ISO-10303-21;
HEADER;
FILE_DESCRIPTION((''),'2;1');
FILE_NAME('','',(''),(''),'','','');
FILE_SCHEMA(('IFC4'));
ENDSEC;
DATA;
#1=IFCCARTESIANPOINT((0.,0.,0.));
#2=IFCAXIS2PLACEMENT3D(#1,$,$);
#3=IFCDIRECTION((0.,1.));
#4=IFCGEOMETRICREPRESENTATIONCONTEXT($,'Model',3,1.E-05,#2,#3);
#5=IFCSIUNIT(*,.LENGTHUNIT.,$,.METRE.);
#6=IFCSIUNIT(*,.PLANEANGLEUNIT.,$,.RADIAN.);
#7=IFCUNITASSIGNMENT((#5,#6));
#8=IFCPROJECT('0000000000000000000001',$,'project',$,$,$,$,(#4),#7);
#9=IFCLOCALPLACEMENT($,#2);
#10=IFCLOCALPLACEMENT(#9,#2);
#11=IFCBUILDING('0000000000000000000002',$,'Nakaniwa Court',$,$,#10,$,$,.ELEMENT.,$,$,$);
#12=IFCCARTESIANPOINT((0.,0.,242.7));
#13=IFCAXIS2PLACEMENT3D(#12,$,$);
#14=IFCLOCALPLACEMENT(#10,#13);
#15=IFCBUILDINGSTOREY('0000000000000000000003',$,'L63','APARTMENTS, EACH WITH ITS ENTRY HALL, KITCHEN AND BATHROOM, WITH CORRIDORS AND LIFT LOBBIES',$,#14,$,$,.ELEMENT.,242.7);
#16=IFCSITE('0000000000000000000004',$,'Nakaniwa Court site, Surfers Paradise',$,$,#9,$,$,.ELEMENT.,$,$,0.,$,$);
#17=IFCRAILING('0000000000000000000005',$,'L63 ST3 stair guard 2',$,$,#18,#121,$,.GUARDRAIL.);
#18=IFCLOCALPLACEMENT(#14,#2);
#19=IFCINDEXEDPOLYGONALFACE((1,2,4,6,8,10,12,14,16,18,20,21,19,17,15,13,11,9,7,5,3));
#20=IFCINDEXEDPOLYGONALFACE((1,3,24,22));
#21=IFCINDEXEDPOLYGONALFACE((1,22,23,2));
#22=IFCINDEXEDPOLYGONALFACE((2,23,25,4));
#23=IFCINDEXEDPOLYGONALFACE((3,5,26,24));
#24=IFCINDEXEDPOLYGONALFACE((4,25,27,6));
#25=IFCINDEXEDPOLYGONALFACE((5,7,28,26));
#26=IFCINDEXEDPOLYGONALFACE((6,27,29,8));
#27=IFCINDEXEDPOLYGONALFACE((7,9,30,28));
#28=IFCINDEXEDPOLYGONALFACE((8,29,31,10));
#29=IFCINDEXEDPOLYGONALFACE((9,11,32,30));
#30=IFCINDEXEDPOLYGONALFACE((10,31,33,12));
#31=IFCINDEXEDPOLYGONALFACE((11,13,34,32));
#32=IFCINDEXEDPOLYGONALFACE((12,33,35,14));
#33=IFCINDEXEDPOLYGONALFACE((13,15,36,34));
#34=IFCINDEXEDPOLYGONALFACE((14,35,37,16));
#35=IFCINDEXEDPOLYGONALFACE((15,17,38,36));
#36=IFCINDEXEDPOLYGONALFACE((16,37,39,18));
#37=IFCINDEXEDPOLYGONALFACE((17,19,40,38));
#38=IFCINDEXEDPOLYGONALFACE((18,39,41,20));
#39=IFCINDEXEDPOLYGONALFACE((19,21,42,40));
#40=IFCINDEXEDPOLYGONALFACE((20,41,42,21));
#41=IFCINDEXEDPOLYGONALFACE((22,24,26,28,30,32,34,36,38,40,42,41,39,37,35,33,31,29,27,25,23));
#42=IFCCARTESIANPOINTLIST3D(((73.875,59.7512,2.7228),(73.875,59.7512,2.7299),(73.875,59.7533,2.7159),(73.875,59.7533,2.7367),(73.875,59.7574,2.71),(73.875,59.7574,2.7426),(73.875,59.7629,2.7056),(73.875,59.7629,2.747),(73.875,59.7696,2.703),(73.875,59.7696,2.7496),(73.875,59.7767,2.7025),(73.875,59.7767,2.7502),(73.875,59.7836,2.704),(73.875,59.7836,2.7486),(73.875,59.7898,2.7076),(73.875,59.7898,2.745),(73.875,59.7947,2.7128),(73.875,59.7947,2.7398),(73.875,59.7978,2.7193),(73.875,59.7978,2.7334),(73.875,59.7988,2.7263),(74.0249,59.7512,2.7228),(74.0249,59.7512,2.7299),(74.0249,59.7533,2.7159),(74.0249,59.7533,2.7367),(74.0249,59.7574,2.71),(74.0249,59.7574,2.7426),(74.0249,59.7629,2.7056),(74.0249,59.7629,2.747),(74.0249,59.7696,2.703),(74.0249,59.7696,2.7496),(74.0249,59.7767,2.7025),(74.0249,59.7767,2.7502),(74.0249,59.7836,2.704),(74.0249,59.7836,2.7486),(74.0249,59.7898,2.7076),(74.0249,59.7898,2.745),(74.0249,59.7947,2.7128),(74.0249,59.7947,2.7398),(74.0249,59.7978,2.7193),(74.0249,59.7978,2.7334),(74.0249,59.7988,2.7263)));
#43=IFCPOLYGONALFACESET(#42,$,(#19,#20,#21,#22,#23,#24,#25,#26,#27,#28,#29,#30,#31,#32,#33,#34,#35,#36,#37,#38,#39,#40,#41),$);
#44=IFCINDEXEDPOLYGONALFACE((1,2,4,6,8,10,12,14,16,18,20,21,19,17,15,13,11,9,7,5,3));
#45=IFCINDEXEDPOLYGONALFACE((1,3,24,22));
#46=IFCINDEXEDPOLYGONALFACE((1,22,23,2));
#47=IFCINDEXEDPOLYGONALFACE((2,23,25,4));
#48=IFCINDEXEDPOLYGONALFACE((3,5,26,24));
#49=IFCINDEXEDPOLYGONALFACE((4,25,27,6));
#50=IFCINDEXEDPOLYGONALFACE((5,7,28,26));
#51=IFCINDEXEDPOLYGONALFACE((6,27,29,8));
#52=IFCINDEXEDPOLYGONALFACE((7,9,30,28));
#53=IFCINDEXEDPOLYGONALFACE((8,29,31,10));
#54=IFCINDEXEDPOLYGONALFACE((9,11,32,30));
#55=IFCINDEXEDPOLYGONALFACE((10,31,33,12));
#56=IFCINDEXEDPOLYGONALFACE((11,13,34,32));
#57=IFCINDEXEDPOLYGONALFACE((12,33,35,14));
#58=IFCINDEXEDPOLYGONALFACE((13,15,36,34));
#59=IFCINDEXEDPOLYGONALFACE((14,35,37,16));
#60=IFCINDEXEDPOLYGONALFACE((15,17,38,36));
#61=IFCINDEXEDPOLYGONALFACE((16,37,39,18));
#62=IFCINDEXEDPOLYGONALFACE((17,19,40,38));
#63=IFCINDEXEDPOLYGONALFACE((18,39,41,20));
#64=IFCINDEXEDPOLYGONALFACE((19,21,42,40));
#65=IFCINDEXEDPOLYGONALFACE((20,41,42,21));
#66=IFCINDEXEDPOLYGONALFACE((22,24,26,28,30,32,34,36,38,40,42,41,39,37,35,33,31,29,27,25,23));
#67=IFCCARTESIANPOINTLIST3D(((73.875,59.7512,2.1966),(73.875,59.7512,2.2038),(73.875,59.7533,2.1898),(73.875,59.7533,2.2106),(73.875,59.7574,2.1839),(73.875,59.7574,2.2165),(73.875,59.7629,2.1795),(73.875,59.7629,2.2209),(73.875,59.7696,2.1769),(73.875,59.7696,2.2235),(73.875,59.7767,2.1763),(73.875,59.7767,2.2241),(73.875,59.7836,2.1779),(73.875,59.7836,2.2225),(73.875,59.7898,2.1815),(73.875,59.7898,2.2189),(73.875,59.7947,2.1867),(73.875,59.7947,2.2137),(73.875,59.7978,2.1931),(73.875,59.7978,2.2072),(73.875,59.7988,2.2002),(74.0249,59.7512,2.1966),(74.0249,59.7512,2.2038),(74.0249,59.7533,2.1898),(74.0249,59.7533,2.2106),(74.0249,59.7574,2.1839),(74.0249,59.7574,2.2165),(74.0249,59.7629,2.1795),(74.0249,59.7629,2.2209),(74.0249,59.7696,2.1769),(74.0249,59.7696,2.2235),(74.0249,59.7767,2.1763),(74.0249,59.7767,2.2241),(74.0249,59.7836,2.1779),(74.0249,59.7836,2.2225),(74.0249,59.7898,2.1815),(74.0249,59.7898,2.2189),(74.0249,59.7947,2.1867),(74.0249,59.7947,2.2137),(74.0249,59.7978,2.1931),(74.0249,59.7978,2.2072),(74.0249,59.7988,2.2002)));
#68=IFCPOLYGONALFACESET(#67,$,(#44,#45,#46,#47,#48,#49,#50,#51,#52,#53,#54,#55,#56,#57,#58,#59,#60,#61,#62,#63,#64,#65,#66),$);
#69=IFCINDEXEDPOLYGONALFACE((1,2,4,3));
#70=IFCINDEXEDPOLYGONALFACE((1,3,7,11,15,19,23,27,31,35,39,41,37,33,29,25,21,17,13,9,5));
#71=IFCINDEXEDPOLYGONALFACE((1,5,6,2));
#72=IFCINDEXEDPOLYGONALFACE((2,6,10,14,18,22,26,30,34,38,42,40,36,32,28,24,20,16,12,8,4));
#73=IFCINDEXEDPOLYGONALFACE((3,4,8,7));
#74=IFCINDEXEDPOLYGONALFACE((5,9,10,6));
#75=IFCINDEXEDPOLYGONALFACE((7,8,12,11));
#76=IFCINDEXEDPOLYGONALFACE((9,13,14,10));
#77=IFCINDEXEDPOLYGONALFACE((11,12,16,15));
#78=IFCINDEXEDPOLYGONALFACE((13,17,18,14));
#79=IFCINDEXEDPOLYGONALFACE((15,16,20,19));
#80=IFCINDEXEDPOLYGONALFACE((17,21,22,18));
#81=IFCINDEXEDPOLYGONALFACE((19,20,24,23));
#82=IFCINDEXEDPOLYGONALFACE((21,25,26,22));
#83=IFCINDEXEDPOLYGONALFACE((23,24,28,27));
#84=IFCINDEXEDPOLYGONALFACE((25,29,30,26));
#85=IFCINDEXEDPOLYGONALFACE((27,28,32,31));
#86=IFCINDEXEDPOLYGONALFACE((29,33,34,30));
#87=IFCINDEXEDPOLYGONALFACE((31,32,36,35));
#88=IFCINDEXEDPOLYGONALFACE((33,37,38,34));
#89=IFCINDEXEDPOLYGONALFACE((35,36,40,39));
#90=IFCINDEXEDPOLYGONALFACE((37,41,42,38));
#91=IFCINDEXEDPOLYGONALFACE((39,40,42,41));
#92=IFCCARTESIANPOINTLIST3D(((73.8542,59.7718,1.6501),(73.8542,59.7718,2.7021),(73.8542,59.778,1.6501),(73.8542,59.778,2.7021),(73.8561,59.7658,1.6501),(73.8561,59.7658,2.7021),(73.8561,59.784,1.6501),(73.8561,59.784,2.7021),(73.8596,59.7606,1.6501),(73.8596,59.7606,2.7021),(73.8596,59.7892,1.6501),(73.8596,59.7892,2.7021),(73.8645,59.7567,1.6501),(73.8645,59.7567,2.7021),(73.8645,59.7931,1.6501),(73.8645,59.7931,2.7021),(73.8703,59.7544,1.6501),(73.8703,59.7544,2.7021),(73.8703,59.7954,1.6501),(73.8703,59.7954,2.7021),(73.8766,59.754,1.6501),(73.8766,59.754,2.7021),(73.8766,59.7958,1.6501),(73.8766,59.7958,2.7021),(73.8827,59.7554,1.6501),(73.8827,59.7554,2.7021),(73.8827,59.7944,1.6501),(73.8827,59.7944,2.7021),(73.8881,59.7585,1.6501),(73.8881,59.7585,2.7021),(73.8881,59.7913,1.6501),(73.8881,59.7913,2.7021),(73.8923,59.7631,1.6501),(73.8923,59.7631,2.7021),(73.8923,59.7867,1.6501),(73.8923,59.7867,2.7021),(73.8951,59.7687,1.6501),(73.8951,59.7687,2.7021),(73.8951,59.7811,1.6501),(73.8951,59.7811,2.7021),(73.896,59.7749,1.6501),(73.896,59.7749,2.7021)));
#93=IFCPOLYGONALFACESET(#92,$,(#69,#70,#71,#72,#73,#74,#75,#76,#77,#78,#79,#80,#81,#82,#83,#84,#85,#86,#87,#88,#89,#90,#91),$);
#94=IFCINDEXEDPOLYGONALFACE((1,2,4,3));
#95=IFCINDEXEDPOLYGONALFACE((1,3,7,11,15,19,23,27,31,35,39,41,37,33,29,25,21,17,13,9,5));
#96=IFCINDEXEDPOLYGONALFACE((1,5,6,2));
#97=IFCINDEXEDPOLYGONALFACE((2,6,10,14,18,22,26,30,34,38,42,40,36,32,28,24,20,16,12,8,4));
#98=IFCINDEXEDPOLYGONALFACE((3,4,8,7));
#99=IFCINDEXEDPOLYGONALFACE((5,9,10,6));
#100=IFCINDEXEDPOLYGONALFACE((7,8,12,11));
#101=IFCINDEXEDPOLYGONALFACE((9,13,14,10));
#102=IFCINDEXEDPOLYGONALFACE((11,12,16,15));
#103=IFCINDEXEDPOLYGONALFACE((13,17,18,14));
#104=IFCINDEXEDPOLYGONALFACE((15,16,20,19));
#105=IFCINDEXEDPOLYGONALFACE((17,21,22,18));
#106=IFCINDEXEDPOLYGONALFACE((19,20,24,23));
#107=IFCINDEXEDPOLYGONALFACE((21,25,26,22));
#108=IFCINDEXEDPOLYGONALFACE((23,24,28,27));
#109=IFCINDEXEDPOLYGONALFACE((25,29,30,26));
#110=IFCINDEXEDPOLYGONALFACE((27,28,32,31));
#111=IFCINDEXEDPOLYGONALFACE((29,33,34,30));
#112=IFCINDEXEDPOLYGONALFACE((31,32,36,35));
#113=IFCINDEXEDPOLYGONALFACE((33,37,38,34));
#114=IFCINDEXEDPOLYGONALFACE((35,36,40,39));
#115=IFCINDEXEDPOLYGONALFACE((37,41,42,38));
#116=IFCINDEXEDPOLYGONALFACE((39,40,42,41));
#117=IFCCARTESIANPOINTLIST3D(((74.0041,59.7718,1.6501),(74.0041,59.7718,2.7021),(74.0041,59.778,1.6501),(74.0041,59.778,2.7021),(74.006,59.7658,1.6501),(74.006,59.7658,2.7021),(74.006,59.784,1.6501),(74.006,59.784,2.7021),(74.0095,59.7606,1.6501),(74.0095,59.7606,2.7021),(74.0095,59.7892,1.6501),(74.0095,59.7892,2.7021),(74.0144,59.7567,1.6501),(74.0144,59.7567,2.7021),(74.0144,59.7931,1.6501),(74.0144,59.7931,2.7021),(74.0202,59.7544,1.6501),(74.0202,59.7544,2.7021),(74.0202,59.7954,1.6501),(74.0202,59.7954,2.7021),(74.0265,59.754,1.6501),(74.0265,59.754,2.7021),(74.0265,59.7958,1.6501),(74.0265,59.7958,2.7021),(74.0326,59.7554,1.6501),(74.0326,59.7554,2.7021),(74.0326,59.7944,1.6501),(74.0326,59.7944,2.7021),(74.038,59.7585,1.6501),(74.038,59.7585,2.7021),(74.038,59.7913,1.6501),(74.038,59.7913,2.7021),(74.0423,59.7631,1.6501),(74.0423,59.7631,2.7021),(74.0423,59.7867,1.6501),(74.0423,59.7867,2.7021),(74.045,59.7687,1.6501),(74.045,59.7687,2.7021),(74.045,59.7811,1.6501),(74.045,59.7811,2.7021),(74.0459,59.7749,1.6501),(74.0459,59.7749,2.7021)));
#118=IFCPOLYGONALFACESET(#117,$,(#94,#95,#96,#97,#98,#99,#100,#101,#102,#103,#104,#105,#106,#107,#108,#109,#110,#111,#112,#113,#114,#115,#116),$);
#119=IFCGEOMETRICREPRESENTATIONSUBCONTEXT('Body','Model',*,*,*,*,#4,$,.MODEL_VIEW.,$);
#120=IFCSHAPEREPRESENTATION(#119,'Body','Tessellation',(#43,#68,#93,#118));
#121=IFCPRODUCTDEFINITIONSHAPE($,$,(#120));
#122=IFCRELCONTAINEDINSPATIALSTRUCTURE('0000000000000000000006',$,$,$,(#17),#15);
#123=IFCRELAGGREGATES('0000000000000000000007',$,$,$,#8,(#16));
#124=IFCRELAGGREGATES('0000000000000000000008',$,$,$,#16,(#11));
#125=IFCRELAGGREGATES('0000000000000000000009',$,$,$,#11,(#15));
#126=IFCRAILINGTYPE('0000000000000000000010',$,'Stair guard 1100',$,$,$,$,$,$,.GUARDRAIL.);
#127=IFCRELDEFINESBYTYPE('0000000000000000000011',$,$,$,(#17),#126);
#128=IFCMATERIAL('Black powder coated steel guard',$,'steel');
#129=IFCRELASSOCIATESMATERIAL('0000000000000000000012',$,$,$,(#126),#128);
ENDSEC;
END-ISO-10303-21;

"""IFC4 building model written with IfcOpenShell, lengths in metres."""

from ifc_helpers import new_model, si_unit, direction, frame, origin, origin_2d, place, context, subcontext, project, spatial, circle, extrude, material, type_object, element, save


model = new_model("IFC4")

# Units and contexts
model_context = context("Model", 3, precision=1e-05, world=origin(), true_north=direction((0.0, 1.0)))
body_context = subcontext(model_context, "Body", "Model", "MODEL_VIEW")
ifc_project = project(units=[si_unit("LENGTHUNIT", "METRE"), si_unit("PLANEANGLEUNIT", "RADIAN")], contexts=[model_context])

# Site, building, storey
site_placement = place(None, origin())
site = spatial("IfcSite", under=ifc_project, at=site_placement, Name="Nakaniwa Court site, Surfers Paradise", CompositionType="ELEMENT", RefElevation=0.0)
building_placement = place(site_placement, origin())
building = spatial("IfcBuilding", under=site, at=building_placement, Name="Nakaniwa Court", CompositionType="ELEMENT")
storey_placement = place(building_placement, frame((0.0, 0.0, 242.7)))
storey = spatial("IfcBuildingStorey", under=building, at=storey_placement, Name="L63", Description="APARTMENTS, EACH WITH ITS ENTRY HALL, KITCHEN AND BATHROOM, WITH CORRIDORS AND LIFT LOBBIES", CompositionType="ELEMENT", Elevation=242.7)

# Railing
ifc_material_1 = material(Name="Black powder coated steel guard", Category="steel")
railing_type_1 = type_object("IfcRailingType", Name="Stair guard 1100", PredefinedType="GUARDRAIL", material=ifc_material_1)
railing_1_placement = place(storey_placement, frame((73.875, 59.7749, 1.6501)))
element("IfcRailing", 1, at=railing_1_placement, inside=storey, type_object=railing_type_1, Name="L63 ST3 stair guard 2", PredefinedType="GUARDRAIL", context=body_context, shape_type="SweptSolid", body=[
    extrude(circle(Radius=0.0239, at=origin_2d()), frame((0.0, 0.0, 1.0762), z_axis=(1.0, 0.0, 0.0), x_axis=(0.0, 1.0, 0.0)), (0.0, 0.0, 1.0), 0.1499),
    extrude(circle(Radius=0.0239, at=origin_2d()), frame((0.0, 0.0, 0.55), z_axis=(1.0, 0.0, 0.0), x_axis=(0.0, 1.0, 0.0)), (0.0, 0.0, 1.0), 0.1499),
    extrude(circle(Radius=0.021, at=origin_2d()), origin(), (0.0, 0.0, 1.0), 1.052),
    extrude(circle(Radius=0.021, at=origin_2d()), frame((0.1499, 0.0, 0.0)), (0.0, 0.0, 1.0), 1.052),
])

save(model, "model.ifc")
